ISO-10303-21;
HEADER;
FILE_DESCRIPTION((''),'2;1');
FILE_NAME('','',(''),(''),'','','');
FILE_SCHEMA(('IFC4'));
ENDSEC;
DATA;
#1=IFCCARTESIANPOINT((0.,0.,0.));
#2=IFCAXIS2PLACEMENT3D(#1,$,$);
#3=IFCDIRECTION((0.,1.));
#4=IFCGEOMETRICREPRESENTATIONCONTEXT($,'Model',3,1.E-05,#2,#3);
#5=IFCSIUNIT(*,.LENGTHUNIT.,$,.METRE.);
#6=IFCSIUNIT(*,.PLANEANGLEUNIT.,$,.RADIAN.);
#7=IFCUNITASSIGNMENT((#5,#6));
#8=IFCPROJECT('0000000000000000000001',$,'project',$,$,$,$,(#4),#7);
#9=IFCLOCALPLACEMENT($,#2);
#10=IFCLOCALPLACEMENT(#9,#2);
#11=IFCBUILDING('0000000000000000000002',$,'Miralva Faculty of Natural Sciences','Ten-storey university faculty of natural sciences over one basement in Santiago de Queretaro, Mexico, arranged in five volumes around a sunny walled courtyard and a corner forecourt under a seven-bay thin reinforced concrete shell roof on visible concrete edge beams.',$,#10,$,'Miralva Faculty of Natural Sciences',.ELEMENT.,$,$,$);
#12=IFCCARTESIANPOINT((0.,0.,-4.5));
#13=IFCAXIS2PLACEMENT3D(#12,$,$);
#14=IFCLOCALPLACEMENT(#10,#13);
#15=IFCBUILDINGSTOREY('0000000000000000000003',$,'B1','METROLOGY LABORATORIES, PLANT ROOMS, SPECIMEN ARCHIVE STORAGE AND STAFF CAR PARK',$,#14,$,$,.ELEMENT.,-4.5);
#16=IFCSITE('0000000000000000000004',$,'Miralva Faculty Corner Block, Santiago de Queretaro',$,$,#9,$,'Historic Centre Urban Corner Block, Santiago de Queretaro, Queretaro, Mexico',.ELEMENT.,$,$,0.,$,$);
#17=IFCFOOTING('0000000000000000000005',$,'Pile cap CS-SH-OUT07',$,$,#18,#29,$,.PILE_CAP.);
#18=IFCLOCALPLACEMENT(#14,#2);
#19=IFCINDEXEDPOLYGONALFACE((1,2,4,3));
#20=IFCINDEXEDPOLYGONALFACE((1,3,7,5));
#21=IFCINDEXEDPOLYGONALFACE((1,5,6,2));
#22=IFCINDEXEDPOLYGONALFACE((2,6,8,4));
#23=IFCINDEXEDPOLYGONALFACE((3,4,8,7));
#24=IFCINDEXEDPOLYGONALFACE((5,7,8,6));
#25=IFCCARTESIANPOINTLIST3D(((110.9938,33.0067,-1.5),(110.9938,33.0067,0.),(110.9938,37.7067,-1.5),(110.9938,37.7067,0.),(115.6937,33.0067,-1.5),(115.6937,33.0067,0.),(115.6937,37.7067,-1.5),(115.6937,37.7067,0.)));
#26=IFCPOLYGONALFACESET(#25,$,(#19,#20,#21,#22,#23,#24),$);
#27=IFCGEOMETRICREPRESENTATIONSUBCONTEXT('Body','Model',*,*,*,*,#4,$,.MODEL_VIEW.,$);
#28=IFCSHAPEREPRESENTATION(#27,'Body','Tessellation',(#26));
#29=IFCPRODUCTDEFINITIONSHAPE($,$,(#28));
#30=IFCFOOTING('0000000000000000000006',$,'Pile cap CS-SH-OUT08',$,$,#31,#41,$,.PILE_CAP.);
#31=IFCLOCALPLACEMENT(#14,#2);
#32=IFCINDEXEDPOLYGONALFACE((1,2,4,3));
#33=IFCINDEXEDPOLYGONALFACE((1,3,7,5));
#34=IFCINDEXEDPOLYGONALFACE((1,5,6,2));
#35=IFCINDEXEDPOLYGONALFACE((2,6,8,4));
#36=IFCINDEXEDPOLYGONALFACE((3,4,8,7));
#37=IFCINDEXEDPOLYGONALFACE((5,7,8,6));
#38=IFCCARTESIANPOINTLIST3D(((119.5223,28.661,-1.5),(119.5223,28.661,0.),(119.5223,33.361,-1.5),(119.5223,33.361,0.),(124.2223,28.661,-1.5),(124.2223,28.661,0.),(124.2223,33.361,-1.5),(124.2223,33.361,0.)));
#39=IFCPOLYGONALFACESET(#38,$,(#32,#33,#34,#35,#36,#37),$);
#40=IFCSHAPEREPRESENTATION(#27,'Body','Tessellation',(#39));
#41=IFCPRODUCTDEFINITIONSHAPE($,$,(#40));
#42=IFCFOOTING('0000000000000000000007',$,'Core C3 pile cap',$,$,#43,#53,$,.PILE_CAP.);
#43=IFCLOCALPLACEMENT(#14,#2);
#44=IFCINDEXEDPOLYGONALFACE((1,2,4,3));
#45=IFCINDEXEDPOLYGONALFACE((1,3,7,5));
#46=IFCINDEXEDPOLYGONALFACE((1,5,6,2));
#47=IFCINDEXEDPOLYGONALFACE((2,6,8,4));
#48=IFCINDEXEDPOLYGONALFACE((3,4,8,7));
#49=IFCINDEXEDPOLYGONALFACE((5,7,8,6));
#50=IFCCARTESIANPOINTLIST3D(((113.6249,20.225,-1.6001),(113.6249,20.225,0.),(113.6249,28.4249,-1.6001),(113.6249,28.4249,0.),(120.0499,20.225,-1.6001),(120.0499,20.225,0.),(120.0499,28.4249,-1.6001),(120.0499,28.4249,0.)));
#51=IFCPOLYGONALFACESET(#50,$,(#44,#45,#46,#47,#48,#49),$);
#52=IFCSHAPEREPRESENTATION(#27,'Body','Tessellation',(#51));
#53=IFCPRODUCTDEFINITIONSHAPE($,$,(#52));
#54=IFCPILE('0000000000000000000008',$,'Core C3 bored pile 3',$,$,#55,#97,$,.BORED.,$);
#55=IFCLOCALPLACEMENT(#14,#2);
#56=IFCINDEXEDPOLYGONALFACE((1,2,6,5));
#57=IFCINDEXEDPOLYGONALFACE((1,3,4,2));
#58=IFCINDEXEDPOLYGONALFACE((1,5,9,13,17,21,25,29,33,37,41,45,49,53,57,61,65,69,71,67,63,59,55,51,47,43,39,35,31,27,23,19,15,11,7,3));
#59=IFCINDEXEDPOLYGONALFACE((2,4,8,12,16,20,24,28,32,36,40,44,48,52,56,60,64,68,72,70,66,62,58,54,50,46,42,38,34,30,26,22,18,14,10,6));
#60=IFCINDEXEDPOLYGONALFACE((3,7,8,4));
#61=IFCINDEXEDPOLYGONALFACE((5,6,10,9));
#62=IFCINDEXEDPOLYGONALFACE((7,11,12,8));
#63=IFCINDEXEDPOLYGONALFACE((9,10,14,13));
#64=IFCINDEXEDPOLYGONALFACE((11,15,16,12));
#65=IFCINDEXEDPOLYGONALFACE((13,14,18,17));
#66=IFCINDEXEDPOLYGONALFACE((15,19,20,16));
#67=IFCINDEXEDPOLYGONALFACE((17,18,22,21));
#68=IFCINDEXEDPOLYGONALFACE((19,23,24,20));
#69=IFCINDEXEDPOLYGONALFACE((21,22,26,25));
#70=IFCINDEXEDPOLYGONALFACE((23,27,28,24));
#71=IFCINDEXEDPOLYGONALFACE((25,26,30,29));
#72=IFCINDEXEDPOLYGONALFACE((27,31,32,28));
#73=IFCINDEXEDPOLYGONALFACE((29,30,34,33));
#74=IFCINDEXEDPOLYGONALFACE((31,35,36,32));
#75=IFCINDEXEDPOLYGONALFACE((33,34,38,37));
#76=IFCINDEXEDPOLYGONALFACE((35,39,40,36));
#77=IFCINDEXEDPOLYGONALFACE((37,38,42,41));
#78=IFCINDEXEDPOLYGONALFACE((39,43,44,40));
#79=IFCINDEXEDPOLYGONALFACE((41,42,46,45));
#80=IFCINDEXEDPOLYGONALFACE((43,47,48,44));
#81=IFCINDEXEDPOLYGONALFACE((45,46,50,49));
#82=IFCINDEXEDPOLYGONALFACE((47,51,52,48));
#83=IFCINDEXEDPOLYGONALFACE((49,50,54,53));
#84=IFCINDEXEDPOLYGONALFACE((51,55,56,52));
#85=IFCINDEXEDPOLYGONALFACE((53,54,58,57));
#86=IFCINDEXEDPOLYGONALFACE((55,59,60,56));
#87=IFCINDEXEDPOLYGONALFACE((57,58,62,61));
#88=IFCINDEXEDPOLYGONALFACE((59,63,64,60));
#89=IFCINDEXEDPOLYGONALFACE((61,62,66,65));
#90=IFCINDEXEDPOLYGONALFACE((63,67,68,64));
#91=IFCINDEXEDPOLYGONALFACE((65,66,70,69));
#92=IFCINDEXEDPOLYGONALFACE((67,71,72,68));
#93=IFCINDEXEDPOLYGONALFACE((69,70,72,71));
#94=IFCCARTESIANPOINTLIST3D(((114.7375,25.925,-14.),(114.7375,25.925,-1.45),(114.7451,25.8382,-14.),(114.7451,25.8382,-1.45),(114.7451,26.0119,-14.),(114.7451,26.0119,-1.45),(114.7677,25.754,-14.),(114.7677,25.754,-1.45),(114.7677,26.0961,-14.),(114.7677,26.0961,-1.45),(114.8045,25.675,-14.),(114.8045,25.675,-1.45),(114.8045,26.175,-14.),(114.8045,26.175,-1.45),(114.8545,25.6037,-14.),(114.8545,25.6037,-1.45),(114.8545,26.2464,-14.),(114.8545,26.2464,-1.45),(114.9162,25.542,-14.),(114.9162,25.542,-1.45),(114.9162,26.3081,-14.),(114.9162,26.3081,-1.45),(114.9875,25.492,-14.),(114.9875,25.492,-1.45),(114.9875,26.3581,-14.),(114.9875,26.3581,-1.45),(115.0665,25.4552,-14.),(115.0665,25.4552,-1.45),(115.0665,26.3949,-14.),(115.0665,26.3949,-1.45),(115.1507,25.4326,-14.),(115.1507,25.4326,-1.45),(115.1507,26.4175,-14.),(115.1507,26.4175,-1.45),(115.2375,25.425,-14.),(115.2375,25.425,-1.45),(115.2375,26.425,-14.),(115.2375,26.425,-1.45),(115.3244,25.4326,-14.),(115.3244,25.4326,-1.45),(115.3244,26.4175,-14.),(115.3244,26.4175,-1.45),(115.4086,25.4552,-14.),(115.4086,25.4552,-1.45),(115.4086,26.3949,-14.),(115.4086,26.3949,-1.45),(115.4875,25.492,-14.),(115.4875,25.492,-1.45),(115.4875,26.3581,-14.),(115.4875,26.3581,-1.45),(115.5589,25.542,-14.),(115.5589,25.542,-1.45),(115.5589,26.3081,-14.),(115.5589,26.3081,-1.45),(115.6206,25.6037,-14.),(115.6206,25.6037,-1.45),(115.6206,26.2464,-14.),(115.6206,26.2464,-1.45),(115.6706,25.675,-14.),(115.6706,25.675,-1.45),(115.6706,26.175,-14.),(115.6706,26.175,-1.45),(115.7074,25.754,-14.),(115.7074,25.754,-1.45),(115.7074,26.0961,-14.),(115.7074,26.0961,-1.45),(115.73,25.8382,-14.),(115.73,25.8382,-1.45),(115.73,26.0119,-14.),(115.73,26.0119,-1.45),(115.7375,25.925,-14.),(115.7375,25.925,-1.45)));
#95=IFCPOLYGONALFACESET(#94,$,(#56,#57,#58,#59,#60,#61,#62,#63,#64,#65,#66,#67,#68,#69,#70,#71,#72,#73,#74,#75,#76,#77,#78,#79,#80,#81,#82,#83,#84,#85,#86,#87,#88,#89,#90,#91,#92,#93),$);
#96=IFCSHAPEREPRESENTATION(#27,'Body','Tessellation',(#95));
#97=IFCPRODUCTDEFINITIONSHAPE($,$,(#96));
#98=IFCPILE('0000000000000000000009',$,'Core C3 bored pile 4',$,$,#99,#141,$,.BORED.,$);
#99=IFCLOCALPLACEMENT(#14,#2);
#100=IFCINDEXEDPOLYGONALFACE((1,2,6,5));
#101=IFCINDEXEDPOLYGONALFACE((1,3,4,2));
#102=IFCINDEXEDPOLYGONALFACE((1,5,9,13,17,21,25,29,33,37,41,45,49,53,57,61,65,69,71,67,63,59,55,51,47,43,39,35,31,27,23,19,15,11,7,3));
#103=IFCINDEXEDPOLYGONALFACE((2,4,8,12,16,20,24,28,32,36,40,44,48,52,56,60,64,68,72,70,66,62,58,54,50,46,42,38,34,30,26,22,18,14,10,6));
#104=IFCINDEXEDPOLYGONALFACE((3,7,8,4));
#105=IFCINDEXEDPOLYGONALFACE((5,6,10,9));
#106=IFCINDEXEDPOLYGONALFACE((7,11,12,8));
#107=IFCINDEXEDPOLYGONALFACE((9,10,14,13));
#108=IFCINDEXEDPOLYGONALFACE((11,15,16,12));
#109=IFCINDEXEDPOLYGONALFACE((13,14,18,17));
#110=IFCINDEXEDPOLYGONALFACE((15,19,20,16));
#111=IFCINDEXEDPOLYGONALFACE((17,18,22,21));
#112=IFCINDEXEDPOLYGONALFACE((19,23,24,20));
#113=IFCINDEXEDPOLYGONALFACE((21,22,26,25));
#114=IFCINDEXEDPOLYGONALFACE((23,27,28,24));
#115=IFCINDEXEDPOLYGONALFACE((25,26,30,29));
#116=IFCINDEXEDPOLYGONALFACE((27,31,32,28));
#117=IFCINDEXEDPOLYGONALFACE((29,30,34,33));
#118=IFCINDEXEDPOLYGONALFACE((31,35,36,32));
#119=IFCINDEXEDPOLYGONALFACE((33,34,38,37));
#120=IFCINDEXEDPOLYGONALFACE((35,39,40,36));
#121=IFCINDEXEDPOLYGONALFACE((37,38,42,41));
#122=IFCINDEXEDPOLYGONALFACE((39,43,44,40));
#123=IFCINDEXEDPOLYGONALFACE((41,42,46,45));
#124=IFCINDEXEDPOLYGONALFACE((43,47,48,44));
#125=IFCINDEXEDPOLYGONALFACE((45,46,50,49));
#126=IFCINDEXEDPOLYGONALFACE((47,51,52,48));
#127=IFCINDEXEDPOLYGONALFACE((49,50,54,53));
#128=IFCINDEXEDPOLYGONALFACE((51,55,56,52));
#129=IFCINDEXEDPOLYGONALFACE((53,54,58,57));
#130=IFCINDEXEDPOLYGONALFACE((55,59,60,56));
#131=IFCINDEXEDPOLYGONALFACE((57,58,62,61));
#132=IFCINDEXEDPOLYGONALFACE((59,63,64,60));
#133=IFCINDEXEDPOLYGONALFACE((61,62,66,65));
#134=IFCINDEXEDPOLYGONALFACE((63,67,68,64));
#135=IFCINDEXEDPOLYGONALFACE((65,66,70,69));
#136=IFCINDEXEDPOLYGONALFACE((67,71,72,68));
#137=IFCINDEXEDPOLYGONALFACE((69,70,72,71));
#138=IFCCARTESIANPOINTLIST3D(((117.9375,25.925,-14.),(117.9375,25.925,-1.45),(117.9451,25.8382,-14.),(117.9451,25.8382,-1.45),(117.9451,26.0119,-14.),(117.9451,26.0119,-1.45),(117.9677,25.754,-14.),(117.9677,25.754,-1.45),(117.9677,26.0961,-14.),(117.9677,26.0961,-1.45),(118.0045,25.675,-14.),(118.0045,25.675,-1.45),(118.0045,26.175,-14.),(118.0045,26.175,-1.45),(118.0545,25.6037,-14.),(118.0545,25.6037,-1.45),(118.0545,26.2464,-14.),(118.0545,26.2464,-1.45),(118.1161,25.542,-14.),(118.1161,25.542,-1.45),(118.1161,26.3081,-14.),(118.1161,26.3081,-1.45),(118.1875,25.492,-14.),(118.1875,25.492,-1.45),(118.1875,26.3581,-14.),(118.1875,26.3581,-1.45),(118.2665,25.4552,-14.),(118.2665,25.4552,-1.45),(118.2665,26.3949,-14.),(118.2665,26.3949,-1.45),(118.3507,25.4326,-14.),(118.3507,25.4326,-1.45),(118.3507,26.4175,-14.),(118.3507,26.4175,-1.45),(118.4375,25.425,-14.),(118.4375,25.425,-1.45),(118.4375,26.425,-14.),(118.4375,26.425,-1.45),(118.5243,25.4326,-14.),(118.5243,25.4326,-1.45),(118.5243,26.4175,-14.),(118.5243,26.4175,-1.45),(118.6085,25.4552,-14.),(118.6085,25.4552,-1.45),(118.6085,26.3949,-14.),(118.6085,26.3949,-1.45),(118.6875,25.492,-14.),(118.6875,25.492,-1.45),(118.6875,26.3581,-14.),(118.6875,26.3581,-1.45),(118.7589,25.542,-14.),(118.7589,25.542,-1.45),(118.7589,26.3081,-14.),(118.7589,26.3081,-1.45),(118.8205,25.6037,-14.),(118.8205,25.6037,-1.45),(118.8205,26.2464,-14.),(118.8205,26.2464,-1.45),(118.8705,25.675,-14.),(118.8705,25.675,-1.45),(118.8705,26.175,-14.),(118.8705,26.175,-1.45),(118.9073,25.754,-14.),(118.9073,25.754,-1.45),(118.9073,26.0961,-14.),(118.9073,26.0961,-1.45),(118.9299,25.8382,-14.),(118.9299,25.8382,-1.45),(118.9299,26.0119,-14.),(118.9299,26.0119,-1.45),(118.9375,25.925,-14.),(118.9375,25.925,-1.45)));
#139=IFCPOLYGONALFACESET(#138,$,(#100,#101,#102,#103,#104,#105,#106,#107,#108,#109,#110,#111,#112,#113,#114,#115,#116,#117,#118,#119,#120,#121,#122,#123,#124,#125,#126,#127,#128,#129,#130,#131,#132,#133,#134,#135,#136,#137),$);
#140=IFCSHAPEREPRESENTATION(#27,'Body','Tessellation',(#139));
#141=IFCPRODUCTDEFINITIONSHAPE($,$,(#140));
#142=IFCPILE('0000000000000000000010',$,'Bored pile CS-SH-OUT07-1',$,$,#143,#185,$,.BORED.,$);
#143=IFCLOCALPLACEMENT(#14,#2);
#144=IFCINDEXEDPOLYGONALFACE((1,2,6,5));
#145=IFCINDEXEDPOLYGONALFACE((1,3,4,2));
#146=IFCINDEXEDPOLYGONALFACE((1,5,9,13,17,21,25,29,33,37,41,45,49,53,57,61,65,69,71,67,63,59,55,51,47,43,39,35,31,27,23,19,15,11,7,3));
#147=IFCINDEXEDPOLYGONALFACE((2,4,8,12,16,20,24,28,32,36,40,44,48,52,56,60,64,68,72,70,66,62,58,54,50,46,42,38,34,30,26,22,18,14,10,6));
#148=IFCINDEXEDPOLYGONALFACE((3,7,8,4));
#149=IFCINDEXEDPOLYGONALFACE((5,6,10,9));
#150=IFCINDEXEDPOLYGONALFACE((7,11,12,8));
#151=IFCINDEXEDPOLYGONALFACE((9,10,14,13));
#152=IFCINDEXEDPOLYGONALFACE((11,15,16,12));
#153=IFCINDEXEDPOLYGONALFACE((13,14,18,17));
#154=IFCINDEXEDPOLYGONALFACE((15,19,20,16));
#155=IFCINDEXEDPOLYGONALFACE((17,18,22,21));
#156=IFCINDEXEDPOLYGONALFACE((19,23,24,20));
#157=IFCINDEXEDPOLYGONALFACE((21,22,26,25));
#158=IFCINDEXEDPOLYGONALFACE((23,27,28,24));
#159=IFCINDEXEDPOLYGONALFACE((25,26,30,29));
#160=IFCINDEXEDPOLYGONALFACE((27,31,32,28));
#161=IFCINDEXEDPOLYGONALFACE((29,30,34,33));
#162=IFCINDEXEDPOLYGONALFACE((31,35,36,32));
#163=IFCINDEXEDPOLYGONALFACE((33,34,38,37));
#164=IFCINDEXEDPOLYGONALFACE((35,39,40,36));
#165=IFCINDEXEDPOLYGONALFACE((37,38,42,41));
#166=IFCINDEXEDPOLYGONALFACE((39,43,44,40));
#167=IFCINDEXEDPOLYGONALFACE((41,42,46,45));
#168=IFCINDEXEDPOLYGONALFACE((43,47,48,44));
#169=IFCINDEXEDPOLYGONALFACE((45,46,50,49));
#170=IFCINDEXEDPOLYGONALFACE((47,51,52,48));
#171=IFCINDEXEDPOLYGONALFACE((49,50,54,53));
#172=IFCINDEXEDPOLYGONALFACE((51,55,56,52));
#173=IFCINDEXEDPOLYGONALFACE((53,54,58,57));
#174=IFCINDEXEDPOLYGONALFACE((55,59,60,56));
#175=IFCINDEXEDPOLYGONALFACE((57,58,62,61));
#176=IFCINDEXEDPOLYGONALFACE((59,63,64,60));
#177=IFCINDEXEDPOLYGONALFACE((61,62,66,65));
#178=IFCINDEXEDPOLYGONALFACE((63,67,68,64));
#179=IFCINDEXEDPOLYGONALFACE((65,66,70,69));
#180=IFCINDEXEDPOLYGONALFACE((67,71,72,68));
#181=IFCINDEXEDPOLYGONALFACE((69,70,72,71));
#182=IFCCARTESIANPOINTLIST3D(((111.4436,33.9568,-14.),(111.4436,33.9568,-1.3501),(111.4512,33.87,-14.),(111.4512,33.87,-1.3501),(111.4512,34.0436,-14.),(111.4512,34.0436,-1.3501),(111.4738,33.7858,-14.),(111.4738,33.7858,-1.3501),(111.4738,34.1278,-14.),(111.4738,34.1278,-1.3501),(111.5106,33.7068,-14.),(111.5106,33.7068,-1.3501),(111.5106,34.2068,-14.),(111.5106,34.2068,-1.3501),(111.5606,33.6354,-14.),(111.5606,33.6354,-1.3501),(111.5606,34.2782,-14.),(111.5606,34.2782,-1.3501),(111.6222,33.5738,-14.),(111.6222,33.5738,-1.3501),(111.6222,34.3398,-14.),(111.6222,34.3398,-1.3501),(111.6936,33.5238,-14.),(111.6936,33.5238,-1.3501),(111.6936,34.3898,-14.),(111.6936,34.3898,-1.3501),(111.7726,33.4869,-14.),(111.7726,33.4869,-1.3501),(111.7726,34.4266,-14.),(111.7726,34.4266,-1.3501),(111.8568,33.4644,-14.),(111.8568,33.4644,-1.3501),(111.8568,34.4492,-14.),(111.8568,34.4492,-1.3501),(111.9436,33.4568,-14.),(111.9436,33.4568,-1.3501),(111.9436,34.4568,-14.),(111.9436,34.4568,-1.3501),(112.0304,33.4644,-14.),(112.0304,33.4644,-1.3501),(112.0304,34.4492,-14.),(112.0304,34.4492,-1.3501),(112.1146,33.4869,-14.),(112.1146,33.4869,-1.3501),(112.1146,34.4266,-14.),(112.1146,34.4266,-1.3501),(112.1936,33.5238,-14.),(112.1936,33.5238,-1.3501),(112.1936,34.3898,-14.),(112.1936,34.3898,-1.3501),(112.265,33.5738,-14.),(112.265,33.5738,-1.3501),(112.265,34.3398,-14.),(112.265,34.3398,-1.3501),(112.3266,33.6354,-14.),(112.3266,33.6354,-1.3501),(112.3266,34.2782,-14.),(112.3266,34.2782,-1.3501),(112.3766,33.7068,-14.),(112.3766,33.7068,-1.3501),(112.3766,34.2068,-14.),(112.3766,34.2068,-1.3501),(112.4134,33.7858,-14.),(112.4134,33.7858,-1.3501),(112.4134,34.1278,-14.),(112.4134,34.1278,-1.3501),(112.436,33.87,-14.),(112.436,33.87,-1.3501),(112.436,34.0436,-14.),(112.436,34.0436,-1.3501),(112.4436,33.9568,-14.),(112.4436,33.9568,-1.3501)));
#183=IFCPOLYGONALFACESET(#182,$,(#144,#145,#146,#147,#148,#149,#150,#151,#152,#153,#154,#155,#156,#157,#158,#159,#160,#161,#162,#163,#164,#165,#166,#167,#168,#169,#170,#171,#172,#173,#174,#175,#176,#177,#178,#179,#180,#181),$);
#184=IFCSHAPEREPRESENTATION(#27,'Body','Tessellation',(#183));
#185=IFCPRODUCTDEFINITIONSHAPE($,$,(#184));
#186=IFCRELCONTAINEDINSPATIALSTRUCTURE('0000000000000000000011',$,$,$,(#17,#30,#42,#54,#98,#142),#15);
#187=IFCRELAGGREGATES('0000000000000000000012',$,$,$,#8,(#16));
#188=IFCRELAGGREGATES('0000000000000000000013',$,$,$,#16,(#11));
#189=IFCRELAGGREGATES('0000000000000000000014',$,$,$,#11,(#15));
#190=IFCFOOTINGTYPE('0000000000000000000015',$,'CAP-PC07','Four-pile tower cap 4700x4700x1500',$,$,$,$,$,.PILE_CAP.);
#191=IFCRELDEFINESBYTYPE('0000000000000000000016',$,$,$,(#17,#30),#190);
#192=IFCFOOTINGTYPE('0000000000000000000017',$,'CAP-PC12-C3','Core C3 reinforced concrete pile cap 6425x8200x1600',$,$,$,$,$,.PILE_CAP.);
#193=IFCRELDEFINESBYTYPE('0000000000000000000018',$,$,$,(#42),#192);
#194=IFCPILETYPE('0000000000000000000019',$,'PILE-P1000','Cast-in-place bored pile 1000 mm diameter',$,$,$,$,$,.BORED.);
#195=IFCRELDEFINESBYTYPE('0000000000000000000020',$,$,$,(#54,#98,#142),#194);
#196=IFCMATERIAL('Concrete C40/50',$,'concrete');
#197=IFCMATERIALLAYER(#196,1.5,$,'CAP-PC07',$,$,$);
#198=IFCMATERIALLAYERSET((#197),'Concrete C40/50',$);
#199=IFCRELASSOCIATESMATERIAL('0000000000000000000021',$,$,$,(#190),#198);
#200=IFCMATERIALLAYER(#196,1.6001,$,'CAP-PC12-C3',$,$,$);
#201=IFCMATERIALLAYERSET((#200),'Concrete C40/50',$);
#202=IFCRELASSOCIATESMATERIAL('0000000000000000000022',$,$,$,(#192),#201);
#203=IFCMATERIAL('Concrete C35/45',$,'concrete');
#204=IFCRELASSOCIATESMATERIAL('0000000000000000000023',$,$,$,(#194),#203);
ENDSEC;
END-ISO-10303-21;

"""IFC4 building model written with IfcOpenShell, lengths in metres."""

from ifc_helpers import new_model, si_unit, direction, frame, origin, origin_2d, place, context, subcontext, project, spatial, rectangle, circle, extrude, material, layer, layer_set, material_profile, profile_set, type_object, element, save


model = new_model("IFC4")

# Units and contexts
model_context = context("Model", 3, precision=1e-05, world=origin(), true_north=direction((0.0, 1.0)))
body_context = subcontext(model_context, "Body", "Model", "MODEL_VIEW")
ifc_project = project(units=[si_unit("LENGTHUNIT", "METRE"), si_unit("PLANEANGLEUNIT", "RADIAN")], contexts=[model_context])

# Site, building, storey
site_placement = place(None, origin())
site = spatial("IfcSite", under=ifc_project, at=site_placement, Name="Miralva Faculty Corner Block, Santiago de Queretaro", LongName="Historic Centre Urban Corner Block, Santiago de Queretaro, Queretaro, Mexico", CompositionType="ELEMENT", RefElevation=0.0)
building_placement = place(site_placement, origin())
building = spatial("IfcBuilding", under=site, at=building_placement, Name="Miralva Faculty of Natural Sciences", Description="Ten-storey university faculty of natural sciences over one basement in Santiago de Queretaro, Mexico, arranged in five volumes around a sunny walled courtyard and a corner forecourt under a seven-bay thin reinforced concrete shell roof on visible concrete edge beams.", LongName="Miralva Faculty of Natural Sciences", CompositionType="ELEMENT")
storey_placement = place(building_placement, frame((0.0, 0.0, -4.5)))
storey = spatial("IfcBuildingStorey", under=building, at=storey_placement, Name="B1", Description="METROLOGY LABORATORIES, PLANT ROOMS, SPECIMEN ARCHIVE STORAGE AND STAFF CAR PARK", CompositionType="ELEMENT", Elevation=-4.5)

# Footings
ifc_material_1 = material(Name="Concrete C40/50", Category="concrete")
ifc_layer_1 = layer(ifc_material_1, 1.5, Name="CAP-PC07")
ifc_layer_set_1 = layer_set([ifc_layer_1], Name="Concrete C40/50")
footing_type_1 = type_object("IfcFootingType", Name="CAP-PC07", Description="Four-pile tower cap 4700x4700x1500", PredefinedType="PILE_CAP", material=ifc_layer_set_1)
for number, where, z_axis, x_axis, name in (
    (1, (113.3438, 35.3567, -1.5), (0.0, 0.0, 1.0), (1.0, 0.0, 0.0), "Pile cap CS-SH-OUT07"),
    (2, (121.8723, 31.011, -1.5), (0.0, 0.0, 1.0), (1.0, 0.0, 0.0), "Pile cap CS-SH-OUT08"),
):
    element("IfcFooting", number, at=place(storey_placement, frame(where, z_axis=z_axis, x_axis=x_axis)), inside=storey, type_object=footing_type_1, Name=name, PredefinedType="PILE_CAP", context=body_context, shape_type="SweptSolid", body=[
        extrude(rectangle(XDim=4.7, YDim=4.7, at=origin_2d()), origin(), (0.0, 0.0, 1.0), 1.5),
    ])
ifc_layer_2 = layer(ifc_material_1, 1.6001, Name="CAP-PC12-C3")
ifc_layer_set_2 = layer_set([ifc_layer_2], Name="Concrete C40/50")
footing_type_2 = type_object("IfcFootingType", Name="CAP-PC12-C3", Description="Core C3 reinforced concrete pile cap 6425x8200x1600", PredefinedType="PILE_CAP", material=ifc_layer_set_2)
footing_placement = place(storey_placement, frame((116.8374, 24.325, -1.6001), z_axis=(0.0, 0.0, 1.0), x_axis=(1.0, 0.0, 0.0)))
element("IfcFooting", 3, at=footing_placement, inside=storey, type_object=footing_type_2, Name="Core C3 pile cap", PredefinedType="PILE_CAP", context=body_context, shape_type="SweptSolid", body=[
    extrude(rectangle(XDim=6.425, YDim=8.2, at=origin_2d()), origin(), (0.0, 0.0, 1.0), 1.6001),
])

# Piles
ifc_material_2 = material(Name="Concrete C35/45", Category="concrete")
ifc_material_profile_1 = material_profile(ifc_material_2, circle(Radius=0.5, at=origin_2d()), Name="BORED PILE 1000")
ifc_profile_set_1 = profile_set([ifc_material_profile_1], Name="Concrete C35/45")
pile_type = type_object("IfcPileType", Name="PILE-P1000", Description="Cast-in-place bored pile 1000 mm diameter", PredefinedType="BORED", material=ifc_profile_set_1)
for number, where, z_axis, x_axis, name in (
    (4, (115.2375, 25.925, -1.45), (0.0, 0.0, -1.0), (1.0, 0.0, 0.0), "Core C3 bored pile 3"),
    (5, (118.4375, 25.925, -1.45), (0.0, 0.0, -1.0), (1.0, 0.0, 0.0), "Core C3 bored pile 4"),
):
    element("IfcPile", number, at=place(storey_placement, frame(where, z_axis=z_axis, x_axis=x_axis)), inside=storey, type_object=pile_type, Name=name, PredefinedType="BORED", context=body_context, shape_type="SweptSolid", body=[
        extrude(circle(Radius=0.5, at=origin_2d()), origin(), (0.0, 0.0, 1.0), 12.55),
    ])
for number, where, z_axis, x_axis, name in (
    (6, (111.9436, 33.9568, -1.3501), (0.0, 0.0, -1.0), (1.0, 0.0, 0.0), "Bored pile CS-SH-OUT07-1"),
):
    element("IfcPile", number, at=place(storey_placement, frame(where, z_axis=z_axis, x_axis=x_axis)), inside=storey, type_object=pile_type, Name=name, PredefinedType="BORED", context=body_context, shape_type="SweptSolid", body=[
        extrude(circle(Radius=0.5, at=origin_2d()), origin(), (0.0, 0.0, 1.0), 12.6499),
    ])

save(model, "model.ifc")
